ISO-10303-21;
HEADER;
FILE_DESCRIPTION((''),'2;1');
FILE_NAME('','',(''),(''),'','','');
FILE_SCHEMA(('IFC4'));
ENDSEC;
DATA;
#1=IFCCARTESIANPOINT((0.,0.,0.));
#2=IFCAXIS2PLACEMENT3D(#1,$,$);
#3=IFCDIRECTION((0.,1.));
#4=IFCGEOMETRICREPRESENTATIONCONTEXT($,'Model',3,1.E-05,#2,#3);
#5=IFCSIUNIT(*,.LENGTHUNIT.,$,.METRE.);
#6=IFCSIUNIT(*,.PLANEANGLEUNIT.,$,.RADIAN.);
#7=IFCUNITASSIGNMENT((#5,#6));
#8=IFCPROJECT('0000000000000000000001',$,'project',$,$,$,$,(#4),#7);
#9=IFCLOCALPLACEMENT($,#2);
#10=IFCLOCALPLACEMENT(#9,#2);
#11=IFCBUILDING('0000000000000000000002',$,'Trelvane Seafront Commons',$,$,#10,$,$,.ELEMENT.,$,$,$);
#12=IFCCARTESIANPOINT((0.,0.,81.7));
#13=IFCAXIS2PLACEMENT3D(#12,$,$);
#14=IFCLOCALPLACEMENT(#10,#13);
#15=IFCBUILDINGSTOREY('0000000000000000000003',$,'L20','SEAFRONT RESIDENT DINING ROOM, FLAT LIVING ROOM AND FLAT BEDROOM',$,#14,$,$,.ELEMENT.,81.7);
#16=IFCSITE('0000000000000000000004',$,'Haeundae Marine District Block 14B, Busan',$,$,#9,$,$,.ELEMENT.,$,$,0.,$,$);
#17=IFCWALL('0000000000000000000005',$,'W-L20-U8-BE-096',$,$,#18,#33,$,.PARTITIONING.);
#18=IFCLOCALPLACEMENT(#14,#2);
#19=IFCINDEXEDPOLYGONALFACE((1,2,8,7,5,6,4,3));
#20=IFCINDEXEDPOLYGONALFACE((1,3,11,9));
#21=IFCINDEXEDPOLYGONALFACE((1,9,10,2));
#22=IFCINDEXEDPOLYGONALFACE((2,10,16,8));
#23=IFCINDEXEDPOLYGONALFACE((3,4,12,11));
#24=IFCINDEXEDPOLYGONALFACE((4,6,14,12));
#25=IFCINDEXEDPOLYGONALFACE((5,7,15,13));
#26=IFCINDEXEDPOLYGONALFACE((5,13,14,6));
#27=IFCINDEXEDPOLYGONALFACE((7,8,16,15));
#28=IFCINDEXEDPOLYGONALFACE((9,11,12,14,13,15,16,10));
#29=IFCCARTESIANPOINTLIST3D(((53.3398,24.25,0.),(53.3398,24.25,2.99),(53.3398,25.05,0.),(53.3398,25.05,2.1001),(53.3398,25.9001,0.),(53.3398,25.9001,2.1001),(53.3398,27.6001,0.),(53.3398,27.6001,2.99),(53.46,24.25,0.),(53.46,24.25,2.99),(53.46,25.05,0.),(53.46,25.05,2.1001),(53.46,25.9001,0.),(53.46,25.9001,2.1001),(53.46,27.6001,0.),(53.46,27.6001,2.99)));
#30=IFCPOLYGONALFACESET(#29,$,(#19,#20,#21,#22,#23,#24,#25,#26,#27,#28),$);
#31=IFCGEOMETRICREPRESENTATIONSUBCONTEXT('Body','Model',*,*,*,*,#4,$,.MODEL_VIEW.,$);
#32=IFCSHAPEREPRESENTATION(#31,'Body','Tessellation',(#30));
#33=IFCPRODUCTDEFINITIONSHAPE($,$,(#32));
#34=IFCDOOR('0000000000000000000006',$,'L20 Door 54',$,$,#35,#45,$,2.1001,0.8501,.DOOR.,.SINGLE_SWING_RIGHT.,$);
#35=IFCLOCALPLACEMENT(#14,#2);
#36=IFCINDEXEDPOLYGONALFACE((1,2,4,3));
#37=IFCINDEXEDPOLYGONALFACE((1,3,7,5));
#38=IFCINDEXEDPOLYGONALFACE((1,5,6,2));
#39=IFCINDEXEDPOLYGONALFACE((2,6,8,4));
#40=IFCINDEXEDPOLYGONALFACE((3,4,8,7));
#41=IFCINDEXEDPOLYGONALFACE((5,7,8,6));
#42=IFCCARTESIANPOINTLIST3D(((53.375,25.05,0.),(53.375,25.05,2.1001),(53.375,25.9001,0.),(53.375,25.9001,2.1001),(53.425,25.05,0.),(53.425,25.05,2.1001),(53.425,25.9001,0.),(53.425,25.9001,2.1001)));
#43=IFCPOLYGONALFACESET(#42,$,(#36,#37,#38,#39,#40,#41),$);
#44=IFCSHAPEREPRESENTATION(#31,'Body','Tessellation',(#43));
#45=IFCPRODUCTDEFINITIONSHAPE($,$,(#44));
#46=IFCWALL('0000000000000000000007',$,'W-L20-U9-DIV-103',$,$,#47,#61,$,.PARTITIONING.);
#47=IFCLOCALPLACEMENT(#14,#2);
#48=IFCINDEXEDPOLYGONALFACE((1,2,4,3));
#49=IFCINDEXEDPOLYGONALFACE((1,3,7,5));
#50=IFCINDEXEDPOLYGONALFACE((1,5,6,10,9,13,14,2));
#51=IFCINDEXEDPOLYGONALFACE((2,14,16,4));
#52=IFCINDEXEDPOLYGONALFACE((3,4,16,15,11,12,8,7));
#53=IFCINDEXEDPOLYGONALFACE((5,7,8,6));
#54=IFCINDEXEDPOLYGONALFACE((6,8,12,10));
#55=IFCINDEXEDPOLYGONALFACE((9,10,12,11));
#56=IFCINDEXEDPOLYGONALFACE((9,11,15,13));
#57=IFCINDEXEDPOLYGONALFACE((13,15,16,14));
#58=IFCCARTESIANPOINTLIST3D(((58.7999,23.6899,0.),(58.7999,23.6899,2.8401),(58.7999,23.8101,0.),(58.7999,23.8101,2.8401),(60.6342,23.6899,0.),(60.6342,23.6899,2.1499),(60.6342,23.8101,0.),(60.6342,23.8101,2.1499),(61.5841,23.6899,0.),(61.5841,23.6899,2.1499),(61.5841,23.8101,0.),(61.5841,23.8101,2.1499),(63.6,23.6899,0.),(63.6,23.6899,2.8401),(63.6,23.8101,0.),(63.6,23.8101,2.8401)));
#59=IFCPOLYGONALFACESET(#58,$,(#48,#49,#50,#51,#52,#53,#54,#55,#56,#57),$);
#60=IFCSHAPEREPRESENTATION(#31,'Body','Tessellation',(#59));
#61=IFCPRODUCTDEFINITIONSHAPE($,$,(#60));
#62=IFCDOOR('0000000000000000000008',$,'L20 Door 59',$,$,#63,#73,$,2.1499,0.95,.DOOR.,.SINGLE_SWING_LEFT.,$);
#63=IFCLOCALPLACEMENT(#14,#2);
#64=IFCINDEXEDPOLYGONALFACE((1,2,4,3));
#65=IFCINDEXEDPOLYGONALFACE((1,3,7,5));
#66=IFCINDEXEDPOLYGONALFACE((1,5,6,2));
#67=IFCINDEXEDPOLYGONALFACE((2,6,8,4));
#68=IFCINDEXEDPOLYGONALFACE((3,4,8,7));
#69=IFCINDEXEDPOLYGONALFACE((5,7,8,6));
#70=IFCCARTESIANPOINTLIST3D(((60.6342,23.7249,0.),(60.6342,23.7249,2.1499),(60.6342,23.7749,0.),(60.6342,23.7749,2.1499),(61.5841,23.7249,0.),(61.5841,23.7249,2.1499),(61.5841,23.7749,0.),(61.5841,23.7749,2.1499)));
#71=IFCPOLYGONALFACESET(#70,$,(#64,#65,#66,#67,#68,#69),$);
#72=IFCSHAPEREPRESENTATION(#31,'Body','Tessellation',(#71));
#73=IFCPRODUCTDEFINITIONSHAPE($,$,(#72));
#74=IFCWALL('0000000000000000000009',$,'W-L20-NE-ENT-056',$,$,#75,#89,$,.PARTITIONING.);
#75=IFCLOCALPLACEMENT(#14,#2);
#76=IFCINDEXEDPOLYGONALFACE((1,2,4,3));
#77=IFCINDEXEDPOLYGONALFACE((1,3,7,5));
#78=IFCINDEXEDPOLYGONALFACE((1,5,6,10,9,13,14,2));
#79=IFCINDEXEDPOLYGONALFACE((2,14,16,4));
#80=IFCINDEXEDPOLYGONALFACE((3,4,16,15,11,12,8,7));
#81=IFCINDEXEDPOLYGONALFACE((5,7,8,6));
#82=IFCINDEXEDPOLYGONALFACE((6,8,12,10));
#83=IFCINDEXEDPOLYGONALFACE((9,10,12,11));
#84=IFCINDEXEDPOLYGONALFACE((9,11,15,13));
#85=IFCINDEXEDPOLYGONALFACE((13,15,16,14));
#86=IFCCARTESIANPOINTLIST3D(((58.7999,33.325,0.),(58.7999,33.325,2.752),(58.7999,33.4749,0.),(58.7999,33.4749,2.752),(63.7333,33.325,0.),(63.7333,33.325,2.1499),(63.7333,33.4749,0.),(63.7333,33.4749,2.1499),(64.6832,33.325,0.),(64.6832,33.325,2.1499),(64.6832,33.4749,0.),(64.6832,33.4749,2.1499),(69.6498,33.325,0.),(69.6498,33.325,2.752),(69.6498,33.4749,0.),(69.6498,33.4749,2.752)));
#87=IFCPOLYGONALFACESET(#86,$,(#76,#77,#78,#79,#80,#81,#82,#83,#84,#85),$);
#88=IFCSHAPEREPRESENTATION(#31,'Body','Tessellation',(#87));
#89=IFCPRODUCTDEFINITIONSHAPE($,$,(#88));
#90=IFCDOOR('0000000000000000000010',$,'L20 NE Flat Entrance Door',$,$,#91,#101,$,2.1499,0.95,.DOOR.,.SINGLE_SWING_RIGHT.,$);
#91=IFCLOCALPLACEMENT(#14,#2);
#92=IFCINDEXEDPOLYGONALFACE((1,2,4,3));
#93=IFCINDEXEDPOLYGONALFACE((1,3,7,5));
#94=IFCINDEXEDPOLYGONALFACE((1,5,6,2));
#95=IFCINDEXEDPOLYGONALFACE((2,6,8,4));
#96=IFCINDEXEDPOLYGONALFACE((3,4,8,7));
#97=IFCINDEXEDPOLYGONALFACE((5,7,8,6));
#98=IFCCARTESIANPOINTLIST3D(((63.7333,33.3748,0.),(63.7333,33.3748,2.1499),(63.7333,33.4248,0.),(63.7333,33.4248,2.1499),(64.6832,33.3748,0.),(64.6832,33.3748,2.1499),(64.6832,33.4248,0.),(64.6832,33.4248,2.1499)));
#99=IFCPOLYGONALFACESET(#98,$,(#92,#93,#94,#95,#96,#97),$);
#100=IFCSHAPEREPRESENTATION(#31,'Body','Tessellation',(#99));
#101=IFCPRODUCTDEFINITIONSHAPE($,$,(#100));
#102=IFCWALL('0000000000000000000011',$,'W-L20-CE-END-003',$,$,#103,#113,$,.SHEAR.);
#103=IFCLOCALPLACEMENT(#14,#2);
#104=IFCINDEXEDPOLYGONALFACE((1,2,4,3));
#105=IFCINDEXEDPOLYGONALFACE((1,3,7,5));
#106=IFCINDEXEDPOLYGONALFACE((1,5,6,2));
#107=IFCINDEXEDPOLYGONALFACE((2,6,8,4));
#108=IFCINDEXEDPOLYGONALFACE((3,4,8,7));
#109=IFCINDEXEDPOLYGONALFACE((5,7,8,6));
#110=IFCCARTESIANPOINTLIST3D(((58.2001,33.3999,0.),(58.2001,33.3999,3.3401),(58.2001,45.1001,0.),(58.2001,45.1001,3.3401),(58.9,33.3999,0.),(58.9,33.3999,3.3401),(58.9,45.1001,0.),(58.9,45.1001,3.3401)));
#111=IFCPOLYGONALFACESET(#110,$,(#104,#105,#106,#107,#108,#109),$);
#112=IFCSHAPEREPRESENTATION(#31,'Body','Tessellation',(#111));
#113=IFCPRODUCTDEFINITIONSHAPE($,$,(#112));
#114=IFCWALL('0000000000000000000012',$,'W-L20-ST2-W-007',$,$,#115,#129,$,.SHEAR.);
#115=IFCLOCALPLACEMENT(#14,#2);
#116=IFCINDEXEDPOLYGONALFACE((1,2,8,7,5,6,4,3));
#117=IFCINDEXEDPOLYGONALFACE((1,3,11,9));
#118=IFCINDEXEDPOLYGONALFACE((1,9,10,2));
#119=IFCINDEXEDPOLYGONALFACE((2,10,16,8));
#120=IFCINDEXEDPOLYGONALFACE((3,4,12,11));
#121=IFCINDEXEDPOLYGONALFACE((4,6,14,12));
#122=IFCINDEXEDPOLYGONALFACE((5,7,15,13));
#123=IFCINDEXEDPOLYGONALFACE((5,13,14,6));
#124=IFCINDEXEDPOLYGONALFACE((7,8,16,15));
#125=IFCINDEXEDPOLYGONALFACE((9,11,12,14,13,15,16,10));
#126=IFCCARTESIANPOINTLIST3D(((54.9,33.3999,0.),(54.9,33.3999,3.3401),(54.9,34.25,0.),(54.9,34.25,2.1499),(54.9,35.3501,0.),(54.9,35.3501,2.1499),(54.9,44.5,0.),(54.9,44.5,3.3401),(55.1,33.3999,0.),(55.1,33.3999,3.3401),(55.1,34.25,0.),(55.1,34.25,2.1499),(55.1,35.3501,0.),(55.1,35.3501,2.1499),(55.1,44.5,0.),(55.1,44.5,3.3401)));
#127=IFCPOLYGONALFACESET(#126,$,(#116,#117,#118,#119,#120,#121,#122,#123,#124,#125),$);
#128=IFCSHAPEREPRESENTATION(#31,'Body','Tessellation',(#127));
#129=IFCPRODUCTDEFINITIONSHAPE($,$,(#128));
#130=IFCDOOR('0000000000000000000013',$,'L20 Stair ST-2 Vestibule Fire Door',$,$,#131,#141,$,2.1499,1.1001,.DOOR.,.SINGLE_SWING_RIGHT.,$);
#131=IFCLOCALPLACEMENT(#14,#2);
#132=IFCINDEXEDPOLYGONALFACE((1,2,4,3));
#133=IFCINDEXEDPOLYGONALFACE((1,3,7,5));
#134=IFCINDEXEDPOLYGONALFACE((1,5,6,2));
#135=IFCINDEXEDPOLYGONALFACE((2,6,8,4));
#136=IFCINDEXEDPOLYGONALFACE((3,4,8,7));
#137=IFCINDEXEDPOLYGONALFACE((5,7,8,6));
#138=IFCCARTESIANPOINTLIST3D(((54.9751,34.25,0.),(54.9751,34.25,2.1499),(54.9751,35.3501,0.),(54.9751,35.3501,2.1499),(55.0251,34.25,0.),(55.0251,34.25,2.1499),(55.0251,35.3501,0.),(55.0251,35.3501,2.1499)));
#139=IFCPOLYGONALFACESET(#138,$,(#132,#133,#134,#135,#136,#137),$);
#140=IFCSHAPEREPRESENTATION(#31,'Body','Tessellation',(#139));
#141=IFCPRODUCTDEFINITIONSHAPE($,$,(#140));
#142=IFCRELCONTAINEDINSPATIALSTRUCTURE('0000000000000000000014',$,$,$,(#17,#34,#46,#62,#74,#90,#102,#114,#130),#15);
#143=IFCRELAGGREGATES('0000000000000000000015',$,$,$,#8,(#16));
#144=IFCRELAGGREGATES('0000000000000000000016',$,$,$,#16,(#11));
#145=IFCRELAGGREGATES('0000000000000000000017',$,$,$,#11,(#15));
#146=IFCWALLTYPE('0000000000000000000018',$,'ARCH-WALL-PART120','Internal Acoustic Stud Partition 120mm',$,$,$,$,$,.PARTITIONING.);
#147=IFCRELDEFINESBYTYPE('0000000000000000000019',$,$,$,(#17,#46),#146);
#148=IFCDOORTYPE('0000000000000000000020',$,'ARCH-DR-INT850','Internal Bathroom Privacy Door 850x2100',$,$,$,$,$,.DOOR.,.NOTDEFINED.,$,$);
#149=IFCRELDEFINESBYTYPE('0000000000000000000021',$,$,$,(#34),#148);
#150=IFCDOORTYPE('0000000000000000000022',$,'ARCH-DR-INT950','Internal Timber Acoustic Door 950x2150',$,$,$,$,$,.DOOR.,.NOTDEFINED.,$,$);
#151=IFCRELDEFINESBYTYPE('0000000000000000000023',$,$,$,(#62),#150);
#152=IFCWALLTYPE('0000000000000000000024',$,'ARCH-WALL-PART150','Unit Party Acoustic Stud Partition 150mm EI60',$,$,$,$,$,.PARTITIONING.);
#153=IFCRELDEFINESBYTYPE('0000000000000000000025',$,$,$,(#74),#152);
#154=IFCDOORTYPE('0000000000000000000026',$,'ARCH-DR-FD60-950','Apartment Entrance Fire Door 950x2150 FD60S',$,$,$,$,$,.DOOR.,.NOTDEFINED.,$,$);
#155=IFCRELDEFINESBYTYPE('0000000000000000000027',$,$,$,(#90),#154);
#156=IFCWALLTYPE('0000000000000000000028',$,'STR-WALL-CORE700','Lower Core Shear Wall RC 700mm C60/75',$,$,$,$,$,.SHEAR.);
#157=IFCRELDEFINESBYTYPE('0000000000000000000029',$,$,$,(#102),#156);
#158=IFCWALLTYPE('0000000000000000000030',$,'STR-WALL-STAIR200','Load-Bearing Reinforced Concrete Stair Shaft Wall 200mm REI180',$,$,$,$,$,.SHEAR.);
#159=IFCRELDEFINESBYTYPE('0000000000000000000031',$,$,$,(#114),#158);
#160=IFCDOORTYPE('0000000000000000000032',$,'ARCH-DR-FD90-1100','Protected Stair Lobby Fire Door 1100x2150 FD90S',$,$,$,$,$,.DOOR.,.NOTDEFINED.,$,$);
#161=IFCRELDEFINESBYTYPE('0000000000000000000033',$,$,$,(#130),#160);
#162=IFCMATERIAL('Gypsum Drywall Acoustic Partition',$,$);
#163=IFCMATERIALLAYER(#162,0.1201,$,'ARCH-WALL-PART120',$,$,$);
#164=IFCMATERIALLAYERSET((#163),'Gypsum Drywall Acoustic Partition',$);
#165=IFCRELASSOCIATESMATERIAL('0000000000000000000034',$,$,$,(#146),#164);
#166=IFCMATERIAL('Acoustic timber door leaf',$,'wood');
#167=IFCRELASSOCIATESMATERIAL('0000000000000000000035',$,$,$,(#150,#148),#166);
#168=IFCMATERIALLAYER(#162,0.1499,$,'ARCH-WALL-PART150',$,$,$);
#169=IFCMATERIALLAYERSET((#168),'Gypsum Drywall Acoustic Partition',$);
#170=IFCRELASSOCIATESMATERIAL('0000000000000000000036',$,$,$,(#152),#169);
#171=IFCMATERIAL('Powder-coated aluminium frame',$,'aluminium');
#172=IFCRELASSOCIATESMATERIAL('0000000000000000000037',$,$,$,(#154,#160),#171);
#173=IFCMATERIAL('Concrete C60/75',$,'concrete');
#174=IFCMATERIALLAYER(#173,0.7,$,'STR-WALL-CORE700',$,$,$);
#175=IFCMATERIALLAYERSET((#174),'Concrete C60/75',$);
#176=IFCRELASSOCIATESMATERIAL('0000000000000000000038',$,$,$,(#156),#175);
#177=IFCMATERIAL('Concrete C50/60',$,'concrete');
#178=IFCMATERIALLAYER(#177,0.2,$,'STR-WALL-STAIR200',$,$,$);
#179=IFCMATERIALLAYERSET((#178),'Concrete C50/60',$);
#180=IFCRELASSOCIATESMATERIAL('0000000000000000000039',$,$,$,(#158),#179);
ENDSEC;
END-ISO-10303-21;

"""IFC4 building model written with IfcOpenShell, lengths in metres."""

from ifc_helpers import new_model, si_unit, direction, frame, frame_2d, origin, place, context, subcontext, project, spatial, rectangle, extrude, source, transform, mapped, material, layer, layer_set, type_object, element, fill, save


model = new_model("IFC4")

# Units and contexts
model_context = context("Model", 3, precision=1e-05, world=origin(), true_north=direction((0.0, 1.0)))
body_context = subcontext(model_context, "Body", "Model", "MODEL_VIEW")
ifc_project = project(units=[si_unit("LENGTHUNIT", "METRE"), si_unit("PLANEANGLEUNIT", "RADIAN")], contexts=[model_context])

# Site, building, storey
site_placement = place(None, origin())
site = spatial("IfcSite", under=ifc_project, at=site_placement, Name="Haeundae Marine District Block 14B, Busan", CompositionType="ELEMENT", RefElevation=0.0)
building_placement = place(site_placement, origin())
building = spatial("IfcBuilding", under=site, at=building_placement, Name="Trelvane Seafront Commons", CompositionType="ELEMENT")
storey_placement = place(building_placement, frame((0.0, 0.0, 81.7)))
storey = spatial("IfcBuildingStorey", under=building, at=storey_placement, Name="L20", Description="SEAFRONT RESIDENT DINING ROOM, FLAT LIVING ROOM AND FLAT BEDROOM", CompositionType="ELEMENT", Elevation=81.7)

# Shared definitions
ifc_material_1 = material(Name="Concrete C60/75", Category="concrete")

# Shared definitions
ifc_material_2 = material(Name="Gypsum Drywall Acoustic Partition")
ifc_layer_1 = layer(ifc_material_2, 0.1201, Name="ARCH-WALL-PART120")
ifc_layer_set_1 = layer_set([ifc_layer_1], Name="Gypsum Drywall Acoustic Partition")
wall_type_1 = type_object("IfcWallType", Name="ARCH-WALL-PART120", Description="Internal Acoustic Stud Partition 120mm", PredefinedType="PARTITIONING", material=ifc_layer_set_1)
ifc_material_3 = material(Name="Acoustic timber door leaf", Category="wood")
door_type_1 = type_object("IfcDoorType", Name="ARCH-DR-INT950", Description="Internal Timber Acoustic Door 950x2150", OperationType="NOTDEFINED", PredefinedType="DOOR", material=ifc_material_3)
shared_shape_1 = source(origin(), body_context, "Body", "SweptSolid", [
    extrude(rectangle(XDim=0.95, YDim=2.1499, at=frame_2d((0.4751, 1.075))), frame((0.0, 0.0249, 0.0), z_axis=(0.0, -1.0, 0.0), x_axis=(1.0, 0.0, 0.0)), (0.0, 0.0, 1.0), 0.05),
])

# Walls, openings, doors
wall_1_placement = place(storey_placement, frame((53.3999, 24.25, 0.0), z_axis=(0.0, 0.0, 1.0), x_axis=(0.0, 1.0, 0.0)))
wall_1 = element("IfcWall", 1, at=wall_1_placement, inside=storey, type_object=wall_type_1, Name="W-L20-U8-BE-096", PredefinedType="PARTITIONING", context=body_context, shape_type="SweptSolid", body=[
    extrude(rectangle(XDim=3.3501, YDim=0.1201, at=frame_2d((1.675, 0.0))), origin(), (0.0, 0.0, 1.0), 2.99),
])
opening_1_placement = place(wall_1_placement, frame((0.8, 0.0, 0.0)))
opening_1 = element("IfcOpeningElement", 2, at=opening_1_placement, cuts=wall_1, PredefinedType="OPENING", context=body_context, shape_type="SweptSolid", body=[
    extrude(rectangle(XDim=0.8501, YDim=2.1001, at=frame_2d((0.425, 1.05))), frame((0.0, 0.0701, 0.0), z_axis=(0.0, -1.0, 0.0), x_axis=(1.0, 0.0, 0.0)), (0.0, 0.0, 1.0), 0.1401),
])
door_type_2 = type_object("IfcDoorType", Name="ARCH-DR-INT850", Description="Internal Bathroom Privacy Door 850x2100", OperationType="NOTDEFINED", PredefinedType="DOOR", material=ifc_material_3)
shared_shape_2 = source(origin(), body_context, "Body", "SweptSolid", [
    extrude(rectangle(XDim=0.8501, YDim=2.1001, at=frame_2d((0.425, 1.05))), frame((0.0, 0.0249, 0.0), z_axis=(0.0, -1.0, 0.0), x_axis=(1.0, 0.0, 0.0)), (0.0, 0.0, 1.0), 0.05),
])
door_1_placement = place(opening_1_placement, origin())
door_1 = element("IfcDoor", 3, at=door_1_placement, inside=storey, type_object=door_type_2, Name="L20 Door 54", OperationType="SINGLE_SWING_RIGHT", OverallHeight=2.1001, OverallWidth=0.8501, PredefinedType="DOOR", context=body_context, shape_type="MappedRepresentation", body=[
    mapped(shared_shape_2, transform((0.0, 0.0, 0.0), x_axis=(1.0, 0.0, 0.0), y_axis=(0.0, 1.0, 0.0), z_axis=(0.0, 0.0, 1.0), scale=1.0)),
])
fill(opening_1, door_1)
wall_2_placement = place(storey_placement, frame((58.8, 23.75, 0.0), z_axis=(0.0, 0.0, 1.0), x_axis=(1.0, 0.0, 0.0)))
wall_2 = element("IfcWall", 4, at=wall_2_placement, inside=storey, type_object=wall_type_1, Name="W-L20-U9-DIV-103", PredefinedType="PARTITIONING", context=body_context, shape_type="SweptSolid", body=[
    extrude(rectangle(XDim=4.8, YDim=0.1201, at=frame_2d((2.3999, 0.0))), origin(), (0.0, 0.0, 1.0), 2.8401),
])
opening_2_placement = place(wall_2_placement, frame((1.834, 0.0, 0.0)))
opening_2 = element("IfcOpeningElement", 5, at=opening_2_placement, cuts=wall_2, PredefinedType="OPENING", context=body_context, shape_type="SweptSolid", body=[
    extrude(rectangle(XDim=0.95, YDim=2.1499, at=frame_2d((0.4751, 1.075))), frame((0.0, 0.0701, 0.0), z_axis=(0.0, -1.0, 0.0), x_axis=(1.0, 0.0, 0.0)), (0.0, 0.0, 1.0), 0.1401),
])
door_2_placement = place(opening_2_placement, origin())
door_2 = element("IfcDoor", 6, at=door_2_placement, inside=storey, type_object=door_type_1, Name="L20 Door 59", OperationType="SINGLE_SWING_LEFT", OverallHeight=2.1499, OverallWidth=0.95, PredefinedType="DOOR", context=body_context, shape_type="MappedRepresentation", body=[
    mapped(shared_shape_1, transform((0.0, 0.0, 0.0), x_axis=(1.0, 0.0, 0.0), y_axis=(0.0, 1.0, 0.0), z_axis=(0.0, 0.0, 1.0), scale=1.0)),
])
fill(opening_2, door_2)
ifc_layer_2 = layer(ifc_material_2, 0.1499, Name="ARCH-WALL-PART150")
ifc_layer_set_2 = layer_set([ifc_layer_2], Name="Gypsum Drywall Acoustic Partition")
wall_type_2 = type_object("IfcWallType", Name="ARCH-WALL-PART150", Description="Unit Party Acoustic Stud Partition 150mm EI60", PredefinedType="PARTITIONING", material=ifc_layer_set_2)
wall_3_placement = place(storey_placement, frame((58.8, 33.3999, 0.0), z_axis=(0.0, 0.0, 1.0), x_axis=(1.0, 0.0, 0.0)))
wall_3 = element("IfcWall", 7, at=wall_3_placement, inside=storey, type_object=wall_type_2, Name="W-L20-NE-ENT-056", PredefinedType="PARTITIONING", context=body_context, shape_type="SweptSolid", body=[
    extrude(rectangle(XDim=10.8499, YDim=0.1499, at=frame_2d((5.4248, 0.0))), origin(), (0.0, 0.0, 1.0), 2.752),
])
opening_3_placement = place(wall_3_placement, frame((4.9331, 0.0, 0.0)))
opening_3 = element("IfcOpeningElement", 8, at=opening_3_placement, cuts=wall_3, PredefinedType="OPENING", context=body_context, shape_type="SweptSolid", body=[
    extrude(rectangle(XDim=0.95, YDim=2.1499, at=frame_2d((0.4751, 1.075))), frame((0.0, 0.085, 0.0), z_axis=(0.0, -1.0, 0.0), x_axis=(1.0, 0.0, 0.0)), (0.0, 0.0, 1.0), 0.1699),
])
ifc_material_4 = material(Name="Powder-coated aluminium frame", Category="aluminium")
door_type_3 = type_object("IfcDoorType", Name="ARCH-DR-FD60-950", Description="Apartment Entrance Fire Door 950x2150 FD60S", OperationType="NOTDEFINED", PredefinedType="DOOR", material=ifc_material_4)
door_3_placement = place(opening_3_placement, origin())
door_3 = element("IfcDoor", 9, at=door_3_placement, inside=storey, type_object=door_type_3, Name="L20 NE Flat Entrance Door", OperationType="SINGLE_SWING_RIGHT", OverallHeight=2.1499, OverallWidth=0.95, PredefinedType="DOOR", context=body_context, shape_type="MappedRepresentation", body=[
    mapped(shared_shape_1, transform((0.0, 0.0, 0.0), x_axis=(1.0, 0.0, 0.0), y_axis=(0.0, 1.0, 0.0), z_axis=(0.0, 0.0, 1.0), scale=1.0)),
])
fill(opening_3, door_3)

# Wall
ifc_layer_3 = layer(ifc_material_1, 0.7, Name="STR-WALL-CORE700")
ifc_layer_set_3 = layer_set([ifc_layer_3], Name="Concrete C60/75")
wall_type_3 = type_object("IfcWallType", Name="STR-WALL-CORE700", Description="Lower Core Shear Wall RC 700mm C60/75", PredefinedType="SHEAR", material=ifc_layer_set_3)
wall_4_placement = place(storey_placement, frame((58.55, 33.3999, 0.0), z_axis=(0.0, 0.0, 1.0), x_axis=(0.0, 1.0, 0.0)))
element("IfcWall", 10, at=wall_4_placement, inside=storey, type_object=wall_type_3, Name="W-L20-CE-END-003", PredefinedType="SHEAR", context=body_context, shape_type="SweptSolid", body=[
    extrude(rectangle(XDim=11.7002, YDim=0.7, at=frame_2d((5.8501, 0.0))), origin(), (0.0, 0.0, 1.0), 3.3401),
])

# Wall, opening, door
ifc_material_5 = material(Name="Concrete C50/60", Category="concrete")
ifc_layer_4 = layer(ifc_material_5, 0.2, Name="STR-WALL-STAIR200")
ifc_layer_set_4 = layer_set([ifc_layer_4], Name="Concrete C50/60")
wall_type_4 = type_object("IfcWallType", Name="STR-WALL-STAIR200", Description="Load-Bearing Reinforced Concrete Stair Shaft Wall 200mm REI180", PredefinedType="SHEAR", material=ifc_layer_set_4)
wall_5_placement = place(storey_placement, frame((55.0, 33.3999, 0.0), z_axis=(0.0, 0.0, 1.0), x_axis=(0.0, 1.0, 0.0)))
wall_5 = element("IfcWall", 11, at=wall_5_placement, inside=storey, type_object=wall_type_4, Name="W-L20-ST2-W-007", PredefinedType="SHEAR", context=body_context, shape_type="SweptSolid", body=[
    extrude(rectangle(XDim=11.1001, YDim=0.2, at=frame_2d((5.55, 0.0))), origin(), (0.0, 0.0, 1.0), 3.3401),
])
opening_4_placement = place(wall_5_placement, frame((0.8501, 0.0, 0.0)))
opening_4 = element("IfcOpeningElement", 12, at=opening_4_placement, cuts=wall_5, PredefinedType="OPENING", context=body_context, shape_type="SweptSolid", body=[
    extrude(rectangle(XDim=1.1001, YDim=2.1499, at=frame_2d((0.55, 1.075))), frame((0.0, 0.1099, 0.0), z_axis=(0.0, -1.0, 0.0), x_axis=(1.0, 0.0, 0.0)), (0.0, 0.0, 1.0), 0.22),
])
door_type_4 = type_object("IfcDoorType", Name="ARCH-DR-FD90-1100", Description="Protected Stair Lobby Fire Door 1100x2150 FD90S", OperationType="NOTDEFINED", PredefinedType="DOOR", material=ifc_material_4)
shared_shape_3 = source(origin(), body_context, "Body", "SweptSolid", [
    extrude(rectangle(XDim=1.1001, YDim=2.1499, at=frame_2d((0.55, 1.075))), frame((0.0, 0.0249, 0.0), z_axis=(0.0, -1.0, 0.0), x_axis=(1.0, 0.0, 0.0)), (0.0, 0.0, 1.0), 0.05),
])
door_4_placement = place(opening_4_placement, origin())
door_4 = element("IfcDoor", 13, at=door_4_placement, inside=storey, type_object=door_type_4, Name="L20 Stair ST-2 Vestibule Fire Door", OperationType="SINGLE_SWING_RIGHT", OverallHeight=2.1499, OverallWidth=1.1001, PredefinedType="DOOR", context=body_context, shape_type="MappedRepresentation", body=[
    mapped(shared_shape_3, transform((0.0, 0.0, 0.0), x_axis=(1.0, 0.0, 0.0), y_axis=(0.0, 1.0, 0.0), z_axis=(0.0, 0.0, 1.0), scale=1.0)),
])
fill(opening_4, door_4)

save(model, "model.ifc")
